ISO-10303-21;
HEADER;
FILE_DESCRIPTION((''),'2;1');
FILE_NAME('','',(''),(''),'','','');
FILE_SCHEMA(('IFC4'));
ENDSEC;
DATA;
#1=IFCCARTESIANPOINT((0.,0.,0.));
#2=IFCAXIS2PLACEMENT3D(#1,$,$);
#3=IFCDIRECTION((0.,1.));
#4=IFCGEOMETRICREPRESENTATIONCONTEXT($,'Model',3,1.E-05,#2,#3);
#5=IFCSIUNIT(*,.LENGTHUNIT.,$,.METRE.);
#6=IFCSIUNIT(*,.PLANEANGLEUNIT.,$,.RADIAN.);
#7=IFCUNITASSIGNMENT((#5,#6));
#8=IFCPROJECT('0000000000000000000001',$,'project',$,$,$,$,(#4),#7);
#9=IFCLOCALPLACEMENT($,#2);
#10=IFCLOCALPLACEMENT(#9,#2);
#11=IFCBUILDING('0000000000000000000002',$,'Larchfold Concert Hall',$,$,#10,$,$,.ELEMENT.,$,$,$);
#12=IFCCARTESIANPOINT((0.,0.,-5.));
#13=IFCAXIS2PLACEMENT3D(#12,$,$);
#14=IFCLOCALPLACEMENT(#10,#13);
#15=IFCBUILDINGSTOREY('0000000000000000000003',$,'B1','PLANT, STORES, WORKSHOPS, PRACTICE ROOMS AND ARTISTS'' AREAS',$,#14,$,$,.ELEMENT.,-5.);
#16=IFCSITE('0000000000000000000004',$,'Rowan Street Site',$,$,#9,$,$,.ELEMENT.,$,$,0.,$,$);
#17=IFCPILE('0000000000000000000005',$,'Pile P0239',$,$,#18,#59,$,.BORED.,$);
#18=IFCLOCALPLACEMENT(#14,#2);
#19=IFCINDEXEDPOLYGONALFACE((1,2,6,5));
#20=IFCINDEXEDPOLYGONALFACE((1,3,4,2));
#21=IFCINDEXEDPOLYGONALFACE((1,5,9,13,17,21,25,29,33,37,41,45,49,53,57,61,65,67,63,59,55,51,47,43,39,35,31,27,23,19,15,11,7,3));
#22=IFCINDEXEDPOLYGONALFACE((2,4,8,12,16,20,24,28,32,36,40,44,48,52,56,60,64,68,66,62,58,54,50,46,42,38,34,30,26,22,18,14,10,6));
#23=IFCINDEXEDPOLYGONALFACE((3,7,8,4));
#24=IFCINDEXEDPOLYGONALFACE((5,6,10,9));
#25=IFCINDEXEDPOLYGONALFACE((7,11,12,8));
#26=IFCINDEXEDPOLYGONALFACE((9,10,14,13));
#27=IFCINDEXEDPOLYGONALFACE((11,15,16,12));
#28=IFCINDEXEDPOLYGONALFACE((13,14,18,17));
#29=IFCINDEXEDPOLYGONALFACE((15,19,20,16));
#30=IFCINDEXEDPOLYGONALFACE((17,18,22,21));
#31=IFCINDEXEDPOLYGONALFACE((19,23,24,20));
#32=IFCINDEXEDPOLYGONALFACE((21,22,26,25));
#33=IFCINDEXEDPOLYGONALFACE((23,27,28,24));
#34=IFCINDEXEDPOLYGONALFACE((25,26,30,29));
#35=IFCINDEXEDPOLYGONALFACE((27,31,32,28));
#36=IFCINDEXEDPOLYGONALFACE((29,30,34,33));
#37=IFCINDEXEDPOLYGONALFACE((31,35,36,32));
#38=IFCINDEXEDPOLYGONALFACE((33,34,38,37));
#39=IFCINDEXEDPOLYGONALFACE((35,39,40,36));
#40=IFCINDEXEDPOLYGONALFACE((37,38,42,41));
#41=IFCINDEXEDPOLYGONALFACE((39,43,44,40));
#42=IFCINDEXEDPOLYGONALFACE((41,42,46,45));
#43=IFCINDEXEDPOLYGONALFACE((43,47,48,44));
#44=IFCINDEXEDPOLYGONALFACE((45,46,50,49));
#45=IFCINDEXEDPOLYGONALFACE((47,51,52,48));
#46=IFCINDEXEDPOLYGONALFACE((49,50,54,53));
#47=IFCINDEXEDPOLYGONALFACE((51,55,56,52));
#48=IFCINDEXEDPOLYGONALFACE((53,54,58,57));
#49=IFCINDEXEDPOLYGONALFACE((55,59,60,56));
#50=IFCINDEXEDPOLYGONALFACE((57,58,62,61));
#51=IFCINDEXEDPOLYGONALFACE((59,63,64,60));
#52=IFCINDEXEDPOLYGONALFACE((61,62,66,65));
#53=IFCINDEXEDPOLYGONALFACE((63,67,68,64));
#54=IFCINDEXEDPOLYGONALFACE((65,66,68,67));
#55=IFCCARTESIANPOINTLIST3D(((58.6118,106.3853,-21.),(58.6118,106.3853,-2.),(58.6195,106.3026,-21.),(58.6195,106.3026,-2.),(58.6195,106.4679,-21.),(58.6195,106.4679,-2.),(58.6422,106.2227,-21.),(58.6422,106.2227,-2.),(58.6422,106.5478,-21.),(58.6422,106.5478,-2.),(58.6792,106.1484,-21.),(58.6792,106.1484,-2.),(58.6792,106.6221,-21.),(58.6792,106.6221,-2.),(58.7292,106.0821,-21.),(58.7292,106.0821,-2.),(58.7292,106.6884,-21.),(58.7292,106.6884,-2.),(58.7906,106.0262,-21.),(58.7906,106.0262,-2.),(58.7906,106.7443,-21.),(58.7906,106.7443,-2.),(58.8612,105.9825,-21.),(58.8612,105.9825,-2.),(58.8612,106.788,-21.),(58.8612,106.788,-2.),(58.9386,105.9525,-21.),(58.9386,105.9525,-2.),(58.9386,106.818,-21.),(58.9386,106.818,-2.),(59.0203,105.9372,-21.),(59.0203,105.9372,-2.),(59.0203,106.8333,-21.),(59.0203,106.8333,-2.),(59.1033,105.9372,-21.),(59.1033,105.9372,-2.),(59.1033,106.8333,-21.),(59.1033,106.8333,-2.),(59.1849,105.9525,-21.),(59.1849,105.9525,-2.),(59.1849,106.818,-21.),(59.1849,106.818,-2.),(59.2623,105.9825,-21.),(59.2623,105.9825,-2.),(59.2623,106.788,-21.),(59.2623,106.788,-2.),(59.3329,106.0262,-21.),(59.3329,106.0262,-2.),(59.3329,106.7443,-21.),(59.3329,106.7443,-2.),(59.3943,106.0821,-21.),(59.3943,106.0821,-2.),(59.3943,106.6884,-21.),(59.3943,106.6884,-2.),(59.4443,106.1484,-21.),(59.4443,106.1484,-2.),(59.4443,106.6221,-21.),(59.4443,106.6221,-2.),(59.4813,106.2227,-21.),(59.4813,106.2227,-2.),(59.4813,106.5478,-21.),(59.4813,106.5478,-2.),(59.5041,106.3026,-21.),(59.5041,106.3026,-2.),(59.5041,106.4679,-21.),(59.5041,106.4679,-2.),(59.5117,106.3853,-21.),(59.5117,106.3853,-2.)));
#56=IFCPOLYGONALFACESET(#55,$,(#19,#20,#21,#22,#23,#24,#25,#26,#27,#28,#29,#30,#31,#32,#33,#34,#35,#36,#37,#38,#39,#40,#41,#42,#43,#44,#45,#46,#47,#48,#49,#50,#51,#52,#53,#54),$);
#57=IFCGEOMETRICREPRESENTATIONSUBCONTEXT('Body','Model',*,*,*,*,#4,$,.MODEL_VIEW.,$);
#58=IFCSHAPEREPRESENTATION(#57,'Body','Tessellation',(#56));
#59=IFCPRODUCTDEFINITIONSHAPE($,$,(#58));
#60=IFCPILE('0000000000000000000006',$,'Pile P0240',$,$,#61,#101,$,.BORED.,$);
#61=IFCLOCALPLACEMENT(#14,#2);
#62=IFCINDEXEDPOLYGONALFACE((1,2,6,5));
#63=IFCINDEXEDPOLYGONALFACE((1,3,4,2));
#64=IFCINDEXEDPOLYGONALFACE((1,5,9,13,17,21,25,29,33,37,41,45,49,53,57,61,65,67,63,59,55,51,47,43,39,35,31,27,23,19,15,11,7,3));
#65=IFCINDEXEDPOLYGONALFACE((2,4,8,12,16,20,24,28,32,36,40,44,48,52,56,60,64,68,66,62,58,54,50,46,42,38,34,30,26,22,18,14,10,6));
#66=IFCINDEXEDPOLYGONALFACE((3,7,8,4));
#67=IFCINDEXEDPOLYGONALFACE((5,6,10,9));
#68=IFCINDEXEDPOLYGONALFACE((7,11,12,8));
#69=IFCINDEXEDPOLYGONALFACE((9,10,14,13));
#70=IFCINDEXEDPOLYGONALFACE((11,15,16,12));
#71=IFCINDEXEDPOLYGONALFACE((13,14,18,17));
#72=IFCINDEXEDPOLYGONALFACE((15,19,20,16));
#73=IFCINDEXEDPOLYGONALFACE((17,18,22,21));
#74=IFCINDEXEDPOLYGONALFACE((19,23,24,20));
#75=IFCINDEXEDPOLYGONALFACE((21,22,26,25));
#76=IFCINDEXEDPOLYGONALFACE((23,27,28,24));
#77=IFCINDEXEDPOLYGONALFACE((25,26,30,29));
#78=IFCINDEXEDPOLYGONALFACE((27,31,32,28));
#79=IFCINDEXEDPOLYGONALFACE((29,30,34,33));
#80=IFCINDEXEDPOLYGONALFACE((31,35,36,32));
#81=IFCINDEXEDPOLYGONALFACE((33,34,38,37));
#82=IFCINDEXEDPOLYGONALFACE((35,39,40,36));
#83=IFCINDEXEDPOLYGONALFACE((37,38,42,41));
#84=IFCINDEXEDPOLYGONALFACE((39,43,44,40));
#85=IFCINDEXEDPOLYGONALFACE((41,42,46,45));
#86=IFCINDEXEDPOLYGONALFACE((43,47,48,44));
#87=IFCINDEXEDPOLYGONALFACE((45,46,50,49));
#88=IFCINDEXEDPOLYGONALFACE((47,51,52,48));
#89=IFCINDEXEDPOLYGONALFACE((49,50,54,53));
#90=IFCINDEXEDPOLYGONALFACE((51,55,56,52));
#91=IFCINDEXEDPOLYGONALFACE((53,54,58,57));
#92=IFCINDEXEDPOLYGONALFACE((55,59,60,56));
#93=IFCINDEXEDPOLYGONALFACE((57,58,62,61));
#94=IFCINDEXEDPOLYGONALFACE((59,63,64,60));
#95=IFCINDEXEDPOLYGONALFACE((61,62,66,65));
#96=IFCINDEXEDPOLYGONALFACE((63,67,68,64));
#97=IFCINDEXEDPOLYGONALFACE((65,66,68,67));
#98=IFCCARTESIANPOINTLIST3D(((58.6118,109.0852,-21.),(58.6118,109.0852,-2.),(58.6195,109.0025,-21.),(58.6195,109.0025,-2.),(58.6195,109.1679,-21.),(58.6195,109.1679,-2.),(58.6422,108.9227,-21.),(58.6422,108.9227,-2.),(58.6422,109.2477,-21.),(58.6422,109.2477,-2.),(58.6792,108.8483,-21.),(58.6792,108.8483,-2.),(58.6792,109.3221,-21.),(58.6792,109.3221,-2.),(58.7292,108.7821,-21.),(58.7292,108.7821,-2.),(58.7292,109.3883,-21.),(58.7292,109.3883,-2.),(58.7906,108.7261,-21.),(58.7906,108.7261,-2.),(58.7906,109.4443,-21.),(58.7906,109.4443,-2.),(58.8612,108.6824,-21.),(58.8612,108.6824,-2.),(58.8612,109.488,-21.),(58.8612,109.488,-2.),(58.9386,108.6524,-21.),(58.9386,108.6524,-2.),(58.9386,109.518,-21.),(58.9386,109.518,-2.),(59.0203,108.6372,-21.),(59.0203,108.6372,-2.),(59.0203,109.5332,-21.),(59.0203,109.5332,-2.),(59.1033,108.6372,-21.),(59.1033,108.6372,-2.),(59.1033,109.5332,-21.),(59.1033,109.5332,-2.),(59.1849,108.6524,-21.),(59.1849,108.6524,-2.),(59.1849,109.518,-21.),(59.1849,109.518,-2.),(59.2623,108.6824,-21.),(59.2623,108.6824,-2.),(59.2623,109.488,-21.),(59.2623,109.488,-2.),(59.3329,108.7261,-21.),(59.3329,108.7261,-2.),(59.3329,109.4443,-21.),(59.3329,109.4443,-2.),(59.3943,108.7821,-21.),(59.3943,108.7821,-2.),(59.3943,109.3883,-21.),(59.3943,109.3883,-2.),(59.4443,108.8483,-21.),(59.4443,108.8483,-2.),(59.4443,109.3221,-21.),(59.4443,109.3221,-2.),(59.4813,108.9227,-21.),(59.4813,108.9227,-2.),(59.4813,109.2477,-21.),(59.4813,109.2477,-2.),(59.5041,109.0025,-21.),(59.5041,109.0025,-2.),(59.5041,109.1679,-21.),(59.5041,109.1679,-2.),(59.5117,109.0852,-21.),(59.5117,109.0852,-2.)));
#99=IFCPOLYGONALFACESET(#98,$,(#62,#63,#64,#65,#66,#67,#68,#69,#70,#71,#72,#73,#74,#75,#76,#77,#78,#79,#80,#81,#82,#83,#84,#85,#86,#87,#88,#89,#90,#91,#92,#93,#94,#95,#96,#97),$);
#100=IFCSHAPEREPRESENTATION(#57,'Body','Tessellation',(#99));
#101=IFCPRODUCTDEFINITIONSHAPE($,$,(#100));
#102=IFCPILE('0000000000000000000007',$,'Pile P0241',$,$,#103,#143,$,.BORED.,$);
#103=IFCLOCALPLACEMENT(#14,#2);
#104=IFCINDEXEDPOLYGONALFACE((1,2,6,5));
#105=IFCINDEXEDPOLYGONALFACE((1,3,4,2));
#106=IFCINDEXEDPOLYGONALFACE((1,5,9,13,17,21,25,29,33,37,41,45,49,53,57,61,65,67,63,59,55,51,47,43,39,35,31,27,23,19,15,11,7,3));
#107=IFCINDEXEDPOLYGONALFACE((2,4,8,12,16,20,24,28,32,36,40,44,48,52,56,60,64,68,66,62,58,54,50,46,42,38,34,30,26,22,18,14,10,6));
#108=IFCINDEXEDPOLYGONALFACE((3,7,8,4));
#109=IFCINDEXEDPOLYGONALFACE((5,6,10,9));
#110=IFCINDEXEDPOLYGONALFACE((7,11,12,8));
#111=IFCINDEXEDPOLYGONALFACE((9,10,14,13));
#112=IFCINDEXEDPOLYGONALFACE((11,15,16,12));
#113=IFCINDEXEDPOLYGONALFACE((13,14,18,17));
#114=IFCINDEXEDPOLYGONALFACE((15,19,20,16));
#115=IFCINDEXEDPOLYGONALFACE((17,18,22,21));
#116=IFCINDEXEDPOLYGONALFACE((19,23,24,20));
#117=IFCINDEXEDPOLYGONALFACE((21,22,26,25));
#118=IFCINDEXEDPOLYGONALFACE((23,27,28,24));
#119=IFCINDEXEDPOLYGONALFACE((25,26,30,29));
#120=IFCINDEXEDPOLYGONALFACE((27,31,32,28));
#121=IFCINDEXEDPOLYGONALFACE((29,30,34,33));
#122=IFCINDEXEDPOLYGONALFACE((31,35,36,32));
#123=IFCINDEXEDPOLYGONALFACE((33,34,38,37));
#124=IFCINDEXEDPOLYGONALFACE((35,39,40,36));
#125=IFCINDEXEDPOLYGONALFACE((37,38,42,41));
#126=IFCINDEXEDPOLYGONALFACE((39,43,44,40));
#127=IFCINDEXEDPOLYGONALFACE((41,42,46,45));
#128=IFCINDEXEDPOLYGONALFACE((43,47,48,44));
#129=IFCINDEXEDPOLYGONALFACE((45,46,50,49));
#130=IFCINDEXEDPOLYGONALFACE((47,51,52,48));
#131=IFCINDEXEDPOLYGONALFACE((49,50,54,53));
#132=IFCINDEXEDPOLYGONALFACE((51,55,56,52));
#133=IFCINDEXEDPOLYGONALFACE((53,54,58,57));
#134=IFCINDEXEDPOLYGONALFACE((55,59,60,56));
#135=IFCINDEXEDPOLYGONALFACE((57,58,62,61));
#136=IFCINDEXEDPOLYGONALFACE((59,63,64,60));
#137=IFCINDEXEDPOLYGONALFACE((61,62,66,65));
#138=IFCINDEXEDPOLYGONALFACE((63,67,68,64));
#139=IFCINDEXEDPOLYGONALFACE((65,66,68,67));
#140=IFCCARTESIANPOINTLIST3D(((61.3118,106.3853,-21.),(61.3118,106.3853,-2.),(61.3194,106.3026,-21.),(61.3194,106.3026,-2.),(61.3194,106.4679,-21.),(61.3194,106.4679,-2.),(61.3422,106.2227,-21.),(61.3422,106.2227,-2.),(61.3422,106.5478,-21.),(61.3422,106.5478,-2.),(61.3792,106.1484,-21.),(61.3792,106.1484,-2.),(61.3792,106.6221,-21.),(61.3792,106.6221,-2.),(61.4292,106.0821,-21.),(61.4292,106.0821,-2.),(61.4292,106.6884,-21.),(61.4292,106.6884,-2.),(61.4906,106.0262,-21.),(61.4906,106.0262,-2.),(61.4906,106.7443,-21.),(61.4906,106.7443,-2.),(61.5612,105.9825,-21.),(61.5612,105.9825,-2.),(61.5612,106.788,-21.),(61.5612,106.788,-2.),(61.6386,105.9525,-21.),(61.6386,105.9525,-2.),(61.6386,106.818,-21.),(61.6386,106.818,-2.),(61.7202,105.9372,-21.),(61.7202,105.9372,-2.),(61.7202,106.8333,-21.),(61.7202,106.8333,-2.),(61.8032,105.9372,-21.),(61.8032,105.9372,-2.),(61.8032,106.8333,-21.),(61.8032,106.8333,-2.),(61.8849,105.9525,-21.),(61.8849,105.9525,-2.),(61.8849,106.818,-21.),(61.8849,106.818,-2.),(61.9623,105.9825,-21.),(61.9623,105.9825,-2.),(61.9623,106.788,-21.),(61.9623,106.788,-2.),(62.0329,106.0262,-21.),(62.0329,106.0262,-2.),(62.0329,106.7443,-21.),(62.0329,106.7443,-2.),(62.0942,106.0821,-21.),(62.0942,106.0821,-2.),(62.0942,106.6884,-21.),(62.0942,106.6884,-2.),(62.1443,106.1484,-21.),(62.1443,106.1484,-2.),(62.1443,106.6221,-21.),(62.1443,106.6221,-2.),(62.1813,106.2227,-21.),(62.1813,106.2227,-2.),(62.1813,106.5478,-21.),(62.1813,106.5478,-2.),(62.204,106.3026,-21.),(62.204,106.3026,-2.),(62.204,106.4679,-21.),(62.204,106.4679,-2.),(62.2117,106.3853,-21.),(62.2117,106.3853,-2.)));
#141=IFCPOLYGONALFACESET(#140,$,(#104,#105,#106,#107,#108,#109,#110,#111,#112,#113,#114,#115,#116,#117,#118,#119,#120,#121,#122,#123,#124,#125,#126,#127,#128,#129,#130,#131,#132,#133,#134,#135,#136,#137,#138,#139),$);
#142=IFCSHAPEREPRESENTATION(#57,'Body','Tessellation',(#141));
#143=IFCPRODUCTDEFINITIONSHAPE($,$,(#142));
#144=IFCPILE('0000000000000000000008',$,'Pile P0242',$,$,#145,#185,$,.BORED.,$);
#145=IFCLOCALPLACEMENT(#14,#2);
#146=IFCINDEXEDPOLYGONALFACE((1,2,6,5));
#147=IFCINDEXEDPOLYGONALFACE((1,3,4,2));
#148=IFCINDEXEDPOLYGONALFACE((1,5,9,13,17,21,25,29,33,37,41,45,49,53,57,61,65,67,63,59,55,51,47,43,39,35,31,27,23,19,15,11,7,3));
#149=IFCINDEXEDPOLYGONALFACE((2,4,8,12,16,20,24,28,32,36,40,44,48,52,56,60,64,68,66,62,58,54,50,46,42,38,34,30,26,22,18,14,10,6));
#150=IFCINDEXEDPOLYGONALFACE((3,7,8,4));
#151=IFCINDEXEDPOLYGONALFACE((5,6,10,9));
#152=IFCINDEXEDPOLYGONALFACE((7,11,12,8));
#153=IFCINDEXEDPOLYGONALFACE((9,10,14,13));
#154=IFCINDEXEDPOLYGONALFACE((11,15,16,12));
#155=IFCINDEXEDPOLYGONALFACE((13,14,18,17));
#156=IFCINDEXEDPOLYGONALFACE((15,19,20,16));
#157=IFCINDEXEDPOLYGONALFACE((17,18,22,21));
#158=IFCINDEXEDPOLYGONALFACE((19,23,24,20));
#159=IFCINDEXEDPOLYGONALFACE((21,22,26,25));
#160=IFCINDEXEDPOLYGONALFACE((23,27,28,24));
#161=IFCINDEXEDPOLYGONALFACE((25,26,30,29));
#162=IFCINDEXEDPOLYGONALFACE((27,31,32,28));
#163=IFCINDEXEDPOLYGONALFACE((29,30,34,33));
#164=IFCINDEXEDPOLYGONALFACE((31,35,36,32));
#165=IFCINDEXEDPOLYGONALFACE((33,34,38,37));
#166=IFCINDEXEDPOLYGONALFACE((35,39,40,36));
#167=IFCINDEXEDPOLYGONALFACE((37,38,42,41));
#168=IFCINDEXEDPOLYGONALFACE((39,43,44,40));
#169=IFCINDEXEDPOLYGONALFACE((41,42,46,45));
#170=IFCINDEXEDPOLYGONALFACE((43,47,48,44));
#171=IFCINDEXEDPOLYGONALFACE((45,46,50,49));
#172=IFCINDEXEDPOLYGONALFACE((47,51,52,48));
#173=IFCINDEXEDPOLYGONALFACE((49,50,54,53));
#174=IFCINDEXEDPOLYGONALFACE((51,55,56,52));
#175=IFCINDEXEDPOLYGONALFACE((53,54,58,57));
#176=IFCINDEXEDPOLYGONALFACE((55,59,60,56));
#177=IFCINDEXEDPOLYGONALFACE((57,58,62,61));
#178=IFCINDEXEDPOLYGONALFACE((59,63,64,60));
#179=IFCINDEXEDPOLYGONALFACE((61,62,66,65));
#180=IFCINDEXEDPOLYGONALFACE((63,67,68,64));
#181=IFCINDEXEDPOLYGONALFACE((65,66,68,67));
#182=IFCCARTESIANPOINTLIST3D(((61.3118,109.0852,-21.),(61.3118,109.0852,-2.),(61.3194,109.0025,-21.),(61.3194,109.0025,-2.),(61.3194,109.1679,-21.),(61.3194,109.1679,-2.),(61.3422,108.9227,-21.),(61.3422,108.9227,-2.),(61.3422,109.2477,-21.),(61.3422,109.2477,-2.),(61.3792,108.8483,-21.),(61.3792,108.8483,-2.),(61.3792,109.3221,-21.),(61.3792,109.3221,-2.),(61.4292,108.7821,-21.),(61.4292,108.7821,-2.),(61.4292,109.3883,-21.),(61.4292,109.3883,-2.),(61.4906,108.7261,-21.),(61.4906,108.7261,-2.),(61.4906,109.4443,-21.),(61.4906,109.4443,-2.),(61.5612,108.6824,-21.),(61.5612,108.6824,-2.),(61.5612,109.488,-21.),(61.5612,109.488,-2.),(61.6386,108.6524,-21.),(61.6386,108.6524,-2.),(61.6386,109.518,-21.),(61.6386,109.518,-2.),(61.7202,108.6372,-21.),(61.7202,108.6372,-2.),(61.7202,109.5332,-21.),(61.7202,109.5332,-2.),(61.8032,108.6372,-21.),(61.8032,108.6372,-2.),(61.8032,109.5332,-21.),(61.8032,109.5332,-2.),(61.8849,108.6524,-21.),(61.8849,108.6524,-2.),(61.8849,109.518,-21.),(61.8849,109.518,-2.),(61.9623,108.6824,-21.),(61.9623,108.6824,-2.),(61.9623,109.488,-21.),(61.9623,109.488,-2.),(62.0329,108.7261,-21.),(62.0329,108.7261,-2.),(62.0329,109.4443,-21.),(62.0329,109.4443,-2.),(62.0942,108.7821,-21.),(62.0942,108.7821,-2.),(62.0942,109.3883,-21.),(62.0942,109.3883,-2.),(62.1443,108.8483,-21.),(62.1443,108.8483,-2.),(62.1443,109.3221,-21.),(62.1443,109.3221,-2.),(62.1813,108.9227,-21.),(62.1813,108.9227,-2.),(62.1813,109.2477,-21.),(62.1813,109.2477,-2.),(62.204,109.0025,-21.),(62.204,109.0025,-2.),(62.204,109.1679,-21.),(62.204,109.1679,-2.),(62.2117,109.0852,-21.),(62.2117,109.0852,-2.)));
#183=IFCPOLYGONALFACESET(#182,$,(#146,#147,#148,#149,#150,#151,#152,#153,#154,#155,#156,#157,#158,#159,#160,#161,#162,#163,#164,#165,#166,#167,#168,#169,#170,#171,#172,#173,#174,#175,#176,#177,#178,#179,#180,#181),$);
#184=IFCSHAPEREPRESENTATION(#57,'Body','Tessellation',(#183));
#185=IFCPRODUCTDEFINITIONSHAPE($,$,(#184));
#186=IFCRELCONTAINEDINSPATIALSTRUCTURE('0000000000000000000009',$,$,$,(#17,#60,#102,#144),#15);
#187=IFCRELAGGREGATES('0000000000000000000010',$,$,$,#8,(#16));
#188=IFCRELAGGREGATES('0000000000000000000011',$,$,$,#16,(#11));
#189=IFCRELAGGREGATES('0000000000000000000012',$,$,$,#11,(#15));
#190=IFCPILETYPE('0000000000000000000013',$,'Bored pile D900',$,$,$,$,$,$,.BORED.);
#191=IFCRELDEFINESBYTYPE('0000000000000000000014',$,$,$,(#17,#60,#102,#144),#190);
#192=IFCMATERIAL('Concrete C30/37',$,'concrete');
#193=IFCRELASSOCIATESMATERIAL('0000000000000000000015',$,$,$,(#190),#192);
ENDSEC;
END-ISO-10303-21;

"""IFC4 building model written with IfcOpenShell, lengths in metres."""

from ifc_helpers import new_model, si_unit, direction, frame, origin, origin_2d, place, context, subcontext, project, spatial, circle, extrude, material, material_profile, profile_set, type_object, element, save


model = new_model("IFC4")

# Units and contexts
model_context = context("Model", 3, precision=1e-05, world=origin(), true_north=direction((0.0, 1.0)))
body_context = subcontext(model_context, "Body", "Model", "MODEL_VIEW")
ifc_project = project(units=[si_unit("LENGTHUNIT", "METRE"), si_unit("PLANEANGLEUNIT", "RADIAN")], contexts=[model_context])

# Site, building, storey
site_placement = place(None, origin())
site = spatial("IfcSite", under=ifc_project, at=site_placement, Name="Rowan Street Site", CompositionType="ELEMENT", RefElevation=0.0)
building_placement = place(site_placement, origin())
building = spatial("IfcBuilding", under=site, at=building_placement, Name="Larchfold Concert Hall", CompositionType="ELEMENT")
storey_placement = place(building_placement, frame((0.0, 0.0, -5.0)))
storey = spatial("IfcBuildingStorey", under=building, at=storey_placement, Name="B1", Description="PLANT, STORES, WORKSHOPS, PRACTICE ROOMS AND ARTISTS' AREAS", CompositionType="ELEMENT", Elevation=-5.0)

# Piles
ifc_material_1 = material(Name="Concrete C30/37", Category="concrete")
ifc_material_profile_1 = material_profile(ifc_material_1, circle(Radius=0.45, at=origin_2d()))
ifc_profile_set_1 = profile_set([ifc_material_profile_1], Name="Concrete C30/37")
pile_type_1 = type_object("IfcPileType", Name="Bored pile D900", PredefinedType="BORED", material=ifc_profile_set_1)
for number, where, z_axis, x_axis, name in (
    (1, (59.0618, 106.3853, -2.0), (0.0, 0.0, -1.0), (1.0, 0.0, 0.0), "Pile P0239"),
    (2, (59.0618, 109.0852, -2.0), (0.0, 0.0, -1.0), (1.0, 0.0, 0.0), "Pile P0240"),
    (3, (61.7617, 106.3853, -2.0), (0.0, 0.0, -1.0), (1.0, 0.0, 0.0), "Pile P0241"),
    (4, (61.7617, 109.0852, -2.0), (0.0, 0.0, -1.0), (1.0, 0.0, 0.0), "Pile P0242"),
):
    element("IfcPile", number, at=place(storey_placement, frame(where, z_axis=z_axis, x_axis=x_axis)), inside=storey, type_object=pile_type_1, Name=name, PredefinedType="BORED", context=body_context, shape_type="SweptSolid", body=[
        extrude(circle(Radius=0.45, at=origin_2d()), origin(), (0.0, 0.0, 1.0), 19.0),
    ])

save(model, "model.ifc")
